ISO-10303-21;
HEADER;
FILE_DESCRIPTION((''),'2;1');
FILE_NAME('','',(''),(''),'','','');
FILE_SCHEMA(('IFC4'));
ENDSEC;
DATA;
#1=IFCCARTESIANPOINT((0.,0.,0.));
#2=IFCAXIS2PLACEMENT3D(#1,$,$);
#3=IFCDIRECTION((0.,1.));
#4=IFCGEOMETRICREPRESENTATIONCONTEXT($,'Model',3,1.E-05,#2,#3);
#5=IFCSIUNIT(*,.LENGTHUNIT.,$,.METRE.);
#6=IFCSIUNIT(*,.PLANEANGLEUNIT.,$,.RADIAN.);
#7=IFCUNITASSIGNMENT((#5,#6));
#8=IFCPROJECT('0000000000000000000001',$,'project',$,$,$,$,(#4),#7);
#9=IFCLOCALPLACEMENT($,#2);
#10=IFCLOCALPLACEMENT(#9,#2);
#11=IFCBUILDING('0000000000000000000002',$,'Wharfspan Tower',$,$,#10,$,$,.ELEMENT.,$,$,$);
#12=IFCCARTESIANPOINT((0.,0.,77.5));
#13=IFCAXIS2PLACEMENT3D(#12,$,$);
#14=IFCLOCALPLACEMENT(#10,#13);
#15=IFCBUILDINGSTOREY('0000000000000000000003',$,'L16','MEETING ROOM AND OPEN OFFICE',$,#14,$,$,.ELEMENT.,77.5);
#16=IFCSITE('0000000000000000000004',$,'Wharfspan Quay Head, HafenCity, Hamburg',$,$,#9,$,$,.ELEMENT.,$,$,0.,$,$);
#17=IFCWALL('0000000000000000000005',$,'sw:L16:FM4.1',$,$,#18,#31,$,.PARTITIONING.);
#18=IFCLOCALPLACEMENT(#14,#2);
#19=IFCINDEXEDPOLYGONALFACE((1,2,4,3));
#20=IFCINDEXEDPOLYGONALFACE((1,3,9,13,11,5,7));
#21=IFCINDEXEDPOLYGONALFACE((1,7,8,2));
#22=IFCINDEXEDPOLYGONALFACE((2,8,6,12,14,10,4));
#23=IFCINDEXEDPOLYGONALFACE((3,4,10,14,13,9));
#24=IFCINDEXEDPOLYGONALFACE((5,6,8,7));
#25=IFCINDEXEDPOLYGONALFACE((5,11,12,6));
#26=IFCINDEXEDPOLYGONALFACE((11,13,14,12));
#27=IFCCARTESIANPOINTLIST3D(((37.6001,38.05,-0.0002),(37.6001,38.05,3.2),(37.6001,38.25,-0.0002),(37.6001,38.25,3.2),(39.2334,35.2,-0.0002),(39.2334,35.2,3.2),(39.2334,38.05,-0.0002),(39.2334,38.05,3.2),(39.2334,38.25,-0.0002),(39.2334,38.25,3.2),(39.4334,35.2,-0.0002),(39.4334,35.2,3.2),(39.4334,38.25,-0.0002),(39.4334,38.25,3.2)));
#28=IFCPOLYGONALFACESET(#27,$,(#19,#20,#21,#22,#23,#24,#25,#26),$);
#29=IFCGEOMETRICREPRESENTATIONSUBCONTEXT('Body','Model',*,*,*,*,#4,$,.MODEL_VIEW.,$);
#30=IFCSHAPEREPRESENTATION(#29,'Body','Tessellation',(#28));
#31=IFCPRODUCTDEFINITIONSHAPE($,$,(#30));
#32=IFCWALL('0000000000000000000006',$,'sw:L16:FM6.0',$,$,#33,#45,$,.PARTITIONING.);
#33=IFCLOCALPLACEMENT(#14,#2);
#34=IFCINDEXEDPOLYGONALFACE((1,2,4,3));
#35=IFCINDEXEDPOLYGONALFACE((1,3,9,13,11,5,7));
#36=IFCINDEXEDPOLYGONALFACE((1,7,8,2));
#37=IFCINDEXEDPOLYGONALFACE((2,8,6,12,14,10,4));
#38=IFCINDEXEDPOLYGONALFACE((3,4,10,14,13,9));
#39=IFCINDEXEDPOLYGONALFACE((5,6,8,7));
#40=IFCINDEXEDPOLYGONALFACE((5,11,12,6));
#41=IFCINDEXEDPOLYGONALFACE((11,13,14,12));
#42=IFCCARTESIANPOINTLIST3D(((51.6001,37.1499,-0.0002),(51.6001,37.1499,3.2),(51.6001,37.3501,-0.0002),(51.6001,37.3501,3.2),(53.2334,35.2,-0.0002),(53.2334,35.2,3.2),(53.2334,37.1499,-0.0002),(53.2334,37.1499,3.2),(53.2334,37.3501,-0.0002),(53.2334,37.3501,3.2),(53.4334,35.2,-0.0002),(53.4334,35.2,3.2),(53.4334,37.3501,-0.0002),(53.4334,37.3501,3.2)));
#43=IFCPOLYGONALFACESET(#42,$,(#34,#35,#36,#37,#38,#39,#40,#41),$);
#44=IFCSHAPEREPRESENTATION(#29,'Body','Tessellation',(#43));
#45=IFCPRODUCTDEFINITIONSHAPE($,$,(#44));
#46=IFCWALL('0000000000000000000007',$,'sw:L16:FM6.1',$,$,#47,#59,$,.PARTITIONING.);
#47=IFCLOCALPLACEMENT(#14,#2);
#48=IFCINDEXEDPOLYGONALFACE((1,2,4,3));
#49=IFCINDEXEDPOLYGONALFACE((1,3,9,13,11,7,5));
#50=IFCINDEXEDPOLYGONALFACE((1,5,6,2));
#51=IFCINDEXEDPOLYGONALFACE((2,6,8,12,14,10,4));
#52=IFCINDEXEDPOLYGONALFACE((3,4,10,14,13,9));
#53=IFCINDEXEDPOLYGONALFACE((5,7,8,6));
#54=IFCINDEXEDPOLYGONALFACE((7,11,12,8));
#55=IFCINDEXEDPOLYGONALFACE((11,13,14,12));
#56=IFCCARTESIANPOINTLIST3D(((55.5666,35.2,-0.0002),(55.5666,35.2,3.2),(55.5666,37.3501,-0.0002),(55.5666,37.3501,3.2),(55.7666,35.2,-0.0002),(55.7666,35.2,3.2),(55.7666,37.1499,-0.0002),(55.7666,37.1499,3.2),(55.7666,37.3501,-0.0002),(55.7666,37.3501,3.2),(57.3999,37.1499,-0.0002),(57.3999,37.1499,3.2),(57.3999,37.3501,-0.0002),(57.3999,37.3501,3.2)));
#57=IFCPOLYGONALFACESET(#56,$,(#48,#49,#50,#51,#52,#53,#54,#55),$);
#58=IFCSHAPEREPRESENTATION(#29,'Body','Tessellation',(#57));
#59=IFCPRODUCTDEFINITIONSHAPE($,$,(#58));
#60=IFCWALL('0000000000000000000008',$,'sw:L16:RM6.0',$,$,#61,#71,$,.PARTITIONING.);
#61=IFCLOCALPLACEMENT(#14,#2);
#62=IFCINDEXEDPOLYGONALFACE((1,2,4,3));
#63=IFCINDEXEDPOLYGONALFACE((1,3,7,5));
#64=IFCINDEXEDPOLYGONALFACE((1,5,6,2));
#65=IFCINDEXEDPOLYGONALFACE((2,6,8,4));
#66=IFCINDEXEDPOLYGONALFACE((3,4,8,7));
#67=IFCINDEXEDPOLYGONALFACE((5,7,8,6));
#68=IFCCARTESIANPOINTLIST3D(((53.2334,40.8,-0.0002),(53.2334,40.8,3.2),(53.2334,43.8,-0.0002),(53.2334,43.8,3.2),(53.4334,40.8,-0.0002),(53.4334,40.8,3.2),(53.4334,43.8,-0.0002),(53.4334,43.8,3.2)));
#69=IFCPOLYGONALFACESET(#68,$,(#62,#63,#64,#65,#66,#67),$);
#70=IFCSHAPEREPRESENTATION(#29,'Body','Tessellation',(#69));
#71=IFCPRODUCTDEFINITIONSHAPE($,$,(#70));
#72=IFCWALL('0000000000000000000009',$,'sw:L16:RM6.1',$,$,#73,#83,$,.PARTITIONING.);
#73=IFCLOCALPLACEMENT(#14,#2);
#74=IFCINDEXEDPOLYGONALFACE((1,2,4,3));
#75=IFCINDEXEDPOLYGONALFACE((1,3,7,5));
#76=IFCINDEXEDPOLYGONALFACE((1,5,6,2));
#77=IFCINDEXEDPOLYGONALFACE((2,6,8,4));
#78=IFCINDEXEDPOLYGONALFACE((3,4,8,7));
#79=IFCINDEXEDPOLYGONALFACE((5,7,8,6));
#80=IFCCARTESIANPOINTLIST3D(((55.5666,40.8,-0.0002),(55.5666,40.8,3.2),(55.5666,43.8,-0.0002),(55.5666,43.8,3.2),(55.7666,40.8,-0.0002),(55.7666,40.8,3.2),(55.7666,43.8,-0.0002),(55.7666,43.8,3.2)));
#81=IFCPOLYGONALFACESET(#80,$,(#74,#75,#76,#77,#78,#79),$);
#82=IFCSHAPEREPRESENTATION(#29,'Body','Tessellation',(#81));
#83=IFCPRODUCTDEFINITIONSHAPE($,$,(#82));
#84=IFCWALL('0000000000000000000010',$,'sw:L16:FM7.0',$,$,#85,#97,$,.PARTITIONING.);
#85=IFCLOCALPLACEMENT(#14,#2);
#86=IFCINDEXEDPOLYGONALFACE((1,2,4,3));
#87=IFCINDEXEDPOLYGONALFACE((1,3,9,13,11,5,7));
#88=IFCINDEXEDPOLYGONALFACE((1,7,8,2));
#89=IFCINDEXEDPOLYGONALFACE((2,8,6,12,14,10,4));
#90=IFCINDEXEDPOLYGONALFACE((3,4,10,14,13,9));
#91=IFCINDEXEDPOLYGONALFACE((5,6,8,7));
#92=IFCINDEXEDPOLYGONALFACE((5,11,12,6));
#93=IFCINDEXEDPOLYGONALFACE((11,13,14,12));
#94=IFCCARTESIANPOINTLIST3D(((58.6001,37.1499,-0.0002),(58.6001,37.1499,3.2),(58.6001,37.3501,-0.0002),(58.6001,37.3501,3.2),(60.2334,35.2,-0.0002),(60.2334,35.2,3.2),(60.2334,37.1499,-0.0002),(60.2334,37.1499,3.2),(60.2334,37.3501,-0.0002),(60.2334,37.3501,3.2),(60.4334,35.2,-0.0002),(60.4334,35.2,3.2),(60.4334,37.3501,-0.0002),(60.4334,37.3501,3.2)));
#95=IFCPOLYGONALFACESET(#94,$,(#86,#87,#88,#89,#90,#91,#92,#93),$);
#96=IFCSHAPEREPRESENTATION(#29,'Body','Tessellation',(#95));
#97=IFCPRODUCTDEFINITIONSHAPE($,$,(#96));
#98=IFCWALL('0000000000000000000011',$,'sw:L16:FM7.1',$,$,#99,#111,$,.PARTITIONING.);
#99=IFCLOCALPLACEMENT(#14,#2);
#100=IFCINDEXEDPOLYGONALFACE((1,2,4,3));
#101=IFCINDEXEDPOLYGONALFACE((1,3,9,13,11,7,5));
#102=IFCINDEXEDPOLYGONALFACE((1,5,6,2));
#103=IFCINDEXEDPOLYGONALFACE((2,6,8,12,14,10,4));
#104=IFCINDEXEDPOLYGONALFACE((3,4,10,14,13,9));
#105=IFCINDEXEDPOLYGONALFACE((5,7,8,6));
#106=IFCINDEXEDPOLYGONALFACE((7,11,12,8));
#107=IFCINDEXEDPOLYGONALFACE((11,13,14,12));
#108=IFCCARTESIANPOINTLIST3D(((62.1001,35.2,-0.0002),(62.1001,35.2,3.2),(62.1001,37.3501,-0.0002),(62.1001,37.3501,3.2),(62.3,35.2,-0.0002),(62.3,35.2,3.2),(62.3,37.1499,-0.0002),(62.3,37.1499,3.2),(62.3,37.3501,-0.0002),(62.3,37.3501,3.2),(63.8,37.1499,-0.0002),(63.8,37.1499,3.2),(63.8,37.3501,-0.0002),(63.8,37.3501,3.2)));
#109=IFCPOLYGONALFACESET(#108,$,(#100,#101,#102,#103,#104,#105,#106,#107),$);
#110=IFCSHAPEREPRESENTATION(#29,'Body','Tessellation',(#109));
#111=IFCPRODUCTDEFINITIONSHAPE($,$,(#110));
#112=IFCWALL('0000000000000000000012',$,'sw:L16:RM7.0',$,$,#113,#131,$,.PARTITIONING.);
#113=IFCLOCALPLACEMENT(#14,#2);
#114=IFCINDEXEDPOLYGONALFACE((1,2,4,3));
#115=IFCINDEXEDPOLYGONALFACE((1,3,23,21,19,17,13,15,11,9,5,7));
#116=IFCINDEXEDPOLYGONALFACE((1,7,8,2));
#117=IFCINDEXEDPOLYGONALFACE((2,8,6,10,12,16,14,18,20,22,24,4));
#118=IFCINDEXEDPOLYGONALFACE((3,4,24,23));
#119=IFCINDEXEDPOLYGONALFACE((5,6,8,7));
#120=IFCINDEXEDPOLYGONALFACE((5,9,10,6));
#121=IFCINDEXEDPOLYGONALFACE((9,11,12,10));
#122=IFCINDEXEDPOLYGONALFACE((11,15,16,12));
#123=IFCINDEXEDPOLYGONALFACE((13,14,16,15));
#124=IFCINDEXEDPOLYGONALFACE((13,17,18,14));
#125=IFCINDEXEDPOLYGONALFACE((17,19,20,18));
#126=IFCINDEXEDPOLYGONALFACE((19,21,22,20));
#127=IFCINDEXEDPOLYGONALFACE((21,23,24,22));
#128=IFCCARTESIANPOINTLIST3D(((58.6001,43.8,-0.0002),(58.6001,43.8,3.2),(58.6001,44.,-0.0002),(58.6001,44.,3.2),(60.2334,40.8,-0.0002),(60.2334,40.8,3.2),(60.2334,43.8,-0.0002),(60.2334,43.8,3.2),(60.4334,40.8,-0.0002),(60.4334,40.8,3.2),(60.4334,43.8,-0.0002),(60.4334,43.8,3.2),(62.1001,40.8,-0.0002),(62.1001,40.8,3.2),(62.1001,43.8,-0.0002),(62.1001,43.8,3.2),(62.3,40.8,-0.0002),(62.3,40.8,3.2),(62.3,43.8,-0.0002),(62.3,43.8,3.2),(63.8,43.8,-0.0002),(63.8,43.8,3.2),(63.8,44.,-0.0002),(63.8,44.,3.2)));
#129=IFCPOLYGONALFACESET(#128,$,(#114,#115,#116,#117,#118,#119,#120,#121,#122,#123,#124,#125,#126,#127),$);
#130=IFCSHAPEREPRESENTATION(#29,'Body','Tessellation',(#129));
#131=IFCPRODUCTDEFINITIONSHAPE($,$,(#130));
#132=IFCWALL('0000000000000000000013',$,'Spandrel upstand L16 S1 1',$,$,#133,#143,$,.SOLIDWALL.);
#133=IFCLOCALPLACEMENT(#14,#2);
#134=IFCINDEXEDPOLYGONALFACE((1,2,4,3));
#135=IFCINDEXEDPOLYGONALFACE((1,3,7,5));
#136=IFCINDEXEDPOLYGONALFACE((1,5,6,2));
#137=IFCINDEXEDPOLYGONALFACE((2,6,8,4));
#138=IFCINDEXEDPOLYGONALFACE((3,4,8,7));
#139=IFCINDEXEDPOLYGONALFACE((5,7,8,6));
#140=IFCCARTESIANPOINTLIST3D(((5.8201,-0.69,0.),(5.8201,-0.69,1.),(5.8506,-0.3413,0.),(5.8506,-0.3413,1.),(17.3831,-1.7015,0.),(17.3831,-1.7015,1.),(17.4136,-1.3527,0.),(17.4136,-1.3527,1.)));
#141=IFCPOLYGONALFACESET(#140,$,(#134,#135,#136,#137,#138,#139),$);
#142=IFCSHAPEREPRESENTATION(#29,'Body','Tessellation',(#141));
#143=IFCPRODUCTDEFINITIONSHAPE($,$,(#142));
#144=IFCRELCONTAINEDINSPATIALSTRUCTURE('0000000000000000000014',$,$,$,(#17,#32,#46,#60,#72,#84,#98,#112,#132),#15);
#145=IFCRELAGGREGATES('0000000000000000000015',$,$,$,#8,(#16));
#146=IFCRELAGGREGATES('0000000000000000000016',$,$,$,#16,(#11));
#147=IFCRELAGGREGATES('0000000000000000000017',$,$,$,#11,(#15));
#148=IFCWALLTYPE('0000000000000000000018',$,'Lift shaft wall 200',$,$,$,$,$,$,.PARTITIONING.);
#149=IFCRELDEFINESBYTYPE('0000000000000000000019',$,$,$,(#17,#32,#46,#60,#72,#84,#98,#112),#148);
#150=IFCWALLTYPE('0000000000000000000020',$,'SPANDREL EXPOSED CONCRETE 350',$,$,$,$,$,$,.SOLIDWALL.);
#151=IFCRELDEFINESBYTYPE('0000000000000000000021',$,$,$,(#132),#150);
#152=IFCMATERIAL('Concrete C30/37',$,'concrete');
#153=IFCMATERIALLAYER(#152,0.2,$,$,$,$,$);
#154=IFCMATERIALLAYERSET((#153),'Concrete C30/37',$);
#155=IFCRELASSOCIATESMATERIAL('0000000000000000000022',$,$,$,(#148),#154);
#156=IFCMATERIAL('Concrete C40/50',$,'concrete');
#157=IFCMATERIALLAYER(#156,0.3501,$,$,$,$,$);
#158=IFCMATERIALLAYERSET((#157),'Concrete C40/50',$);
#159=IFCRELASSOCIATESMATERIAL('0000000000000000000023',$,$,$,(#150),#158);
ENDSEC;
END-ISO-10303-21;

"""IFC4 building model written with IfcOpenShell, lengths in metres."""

from ifc_helpers import new_model, si_unit, direction, frame, frame_2d, origin, place, context, subcontext, project, spatial, polyline, rectangle, outline, extrude, material, layer, layer_set, type_object, element, save


model = new_model("IFC4")

# Units and contexts
model_context = context("Model", 3, precision=1e-05, world=origin(), true_north=direction((0.0, 1.0)))
body_context = subcontext(model_context, "Body", "Model", "MODEL_VIEW")
ifc_project = project(units=[si_unit("LENGTHUNIT", "METRE"), si_unit("PLANEANGLEUNIT", "RADIAN")], contexts=[model_context])

# Site, building, storey
site_placement = place(None, origin())
site = spatial("IfcSite", under=ifc_project, at=site_placement, Name="Wharfspan Quay Head, HafenCity, Hamburg", CompositionType="ELEMENT", RefElevation=0.0)
building_placement = place(site_placement, origin())
building = spatial("IfcBuilding", under=site, at=building_placement, Name="Wharfspan Tower", CompositionType="ELEMENT")
storey_placement = place(building_placement, frame((0.0, 0.0, 77.5)))
storey = spatial("IfcBuildingStorey", under=building, at=storey_placement, Name="L16", Description="MEETING ROOM AND OPEN OFFICE", CompositionType="ELEMENT", Elevation=77.5)

# Shared definitions
ifc_material_1 = material(Name="Concrete C40/50", Category="concrete")

# Walls
ifc_material_2 = material(Name="Concrete C30/37", Category="concrete")
ifc_layer_1 = layer(ifc_material_2, 0.2)
ifc_layer_set_1 = layer_set([ifc_layer_1], Name="Concrete C30/37")
wall_type_1 = type_object("IfcWallType", Name="Lift shaft wall 200", PredefinedType="PARTITIONING", material=ifc_layer_set_1)
wall_1_placement = place(storey_placement, frame((0.0, 0.0, -0.0002)))
element("IfcWall", 1, at=wall_1_placement, inside=storey, type_object=wall_type_1, Name="sw:L16:FM4.1", PredefinedType="PARTITIONING", context=body_context, shape_type="SweptSolid", body=[
    extrude(outline(polyline([(39.2334, 38.05), (37.6001, 38.05), (37.6001, 38.25), (39.2334, 38.25), (39.4333, 38.25), (39.4333, 35.2), (39.2334, 35.2), (39.2334, 38.05)])), origin(), (0.0, 0.0, 1.0), 3.2002),
])
wall_2_placement = place(storey_placement, frame((0.0, 0.0, -0.0002)))
element("IfcWall", 2, at=wall_2_placement, inside=storey, type_object=wall_type_1, Name="sw:L16:FM6.0", PredefinedType="PARTITIONING", context=body_context, shape_type="SweptSolid", body=[
    extrude(outline(polyline([(53.2334, 37.1499), (51.6001, 37.1499), (51.6001, 37.3501), (53.2334, 37.3501), (53.4333, 37.3501), (53.4333, 35.2), (53.2334, 35.2), (53.2334, 37.1499)])), origin(), (0.0, 0.0, 1.0), 3.2002),
])
wall_3_placement = place(storey_placement, frame((0.0, 0.0, -0.0002)))
element("IfcWall", 3, at=wall_3_placement, inside=storey, type_object=wall_type_1, Name="sw:L16:FM6.1", PredefinedType="PARTITIONING", context=body_context, shape_type="SweptSolid", body=[
    extrude(outline(polyline([(55.5667, 37.3501), (55.7666, 37.3501), (57.3999, 37.3501), (57.3999, 37.1499), (55.7666, 37.1499), (55.7666, 35.2), (55.5667, 35.2), (55.5667, 37.3501)])), origin(), (0.0, 0.0, 1.0), 3.2002),
])
wall_4_placement = place(storey_placement, frame((0.0, 0.0, -0.0002)))
element("IfcWall", 4, at=wall_4_placement, inside=storey, type_object=wall_type_1, Name="sw:L16:RM6.0", PredefinedType="PARTITIONING", context=body_context, shape_type="SweptSolid", body=[
    extrude(outline(polyline([(53.2334, 40.8), (53.2334, 43.8), (53.4333, 43.8), (53.4333, 40.8), (53.2334, 40.8)])), origin(), (0.0, 0.0, 1.0), 3.2002),
])
wall_5_placement = place(storey_placement, frame((0.0, 0.0, -0.0002)))
element("IfcWall", 5, at=wall_5_placement, inside=storey, type_object=wall_type_1, Name="sw:L16:RM6.1", PredefinedType="PARTITIONING", context=body_context, shape_type="SweptSolid", body=[
    extrude(outline(polyline([(55.5667, 40.8), (55.5667, 43.8), (55.7666, 43.8), (55.7666, 40.8), (55.5667, 40.8)])), origin(), (0.0, 0.0, 1.0), 3.2002),
])
wall_6_placement = place(storey_placement, frame((0.0, 0.0, -0.0002)))
element("IfcWall", 6, at=wall_6_placement, inside=storey, type_object=wall_type_1, Name="sw:L16:FM7.0", PredefinedType="PARTITIONING", context=body_context, shape_type="SweptSolid", body=[
    extrude(outline(polyline([(60.2334, 37.1499), (58.6001, 37.1499), (58.6001, 37.3501), (60.2334, 37.3501), (60.4333, 37.3501), (60.4333, 35.2), (60.2334, 35.2), (60.2334, 37.1499)])), origin(), (0.0, 0.0, 1.0), 3.2002),
])
wall_7_placement = place(storey_placement, frame((0.0, 0.0, -0.0002)))
element("IfcWall", 7, at=wall_7_placement, inside=storey, type_object=wall_type_1, Name="sw:L16:FM7.1", PredefinedType="PARTITIONING", context=body_context, shape_type="SweptSolid", body=[
    extrude(outline(polyline([(62.1001, 37.3501), (62.3, 37.3501), (63.8, 37.3501), (63.8, 37.1499), (62.3, 37.1499), (62.3, 35.2), (62.1001, 35.2), (62.1001, 37.3501)])), origin(), (0.0, 0.0, 1.0), 3.2002),
])
wall_8_placement = place(storey_placement, frame((0.0, 0.0, -0.0002)))
element("IfcWall", 8, at=wall_8_placement, inside=storey, type_object=wall_type_1, Name="sw:L16:RM7.0", PredefinedType="PARTITIONING", context=body_context, shape_type="SweptSolid", body=[
    extrude(outline(polyline([(60.4333, 40.8), (60.2334, 40.8), (60.2334, 43.8), (58.6001, 43.8), (58.6001, 44.0), (63.8, 44.0), (63.8, 43.8), (62.3, 43.8), (62.3, 40.8), (62.1001, 40.8), (62.1001, 43.8), (60.4333, 43.8), (60.4333, 40.8)])), origin(), (0.0, 0.0, 1.0), 3.2002),
])
ifc_layer_2 = layer(ifc_material_1, 0.3501)
ifc_layer_set_2 = layer_set([ifc_layer_2], Name="Concrete C40/50")
wall_type_2 = type_object("IfcWallType", Name="SPANDREL EXPOSED CONCRETE 350", PredefinedType="SOLIDWALL", material=ifc_layer_set_2)
wall_9_placement = place(storey_placement, frame((5.8352, -0.5156, 0.0), z_axis=(0.0, 0.0, 1.0), x_axis=(0.996192, -0.087142, 0.0)))
element("IfcWall", 9, at=wall_9_placement, inside=storey, type_object=wall_type_2, Name="Spandrel upstand L16 S1 1", PredefinedType="SOLIDWALL", context=body_context, shape_type="SweptSolid", body=[
    extrude(rectangle(XDim=11.6072, YDim=0.3501, at=frame_2d((5.8037, 0.0))), origin(), (0.0, 0.0, 1.0), 1.0),
])

save(model, "model.ifc")
